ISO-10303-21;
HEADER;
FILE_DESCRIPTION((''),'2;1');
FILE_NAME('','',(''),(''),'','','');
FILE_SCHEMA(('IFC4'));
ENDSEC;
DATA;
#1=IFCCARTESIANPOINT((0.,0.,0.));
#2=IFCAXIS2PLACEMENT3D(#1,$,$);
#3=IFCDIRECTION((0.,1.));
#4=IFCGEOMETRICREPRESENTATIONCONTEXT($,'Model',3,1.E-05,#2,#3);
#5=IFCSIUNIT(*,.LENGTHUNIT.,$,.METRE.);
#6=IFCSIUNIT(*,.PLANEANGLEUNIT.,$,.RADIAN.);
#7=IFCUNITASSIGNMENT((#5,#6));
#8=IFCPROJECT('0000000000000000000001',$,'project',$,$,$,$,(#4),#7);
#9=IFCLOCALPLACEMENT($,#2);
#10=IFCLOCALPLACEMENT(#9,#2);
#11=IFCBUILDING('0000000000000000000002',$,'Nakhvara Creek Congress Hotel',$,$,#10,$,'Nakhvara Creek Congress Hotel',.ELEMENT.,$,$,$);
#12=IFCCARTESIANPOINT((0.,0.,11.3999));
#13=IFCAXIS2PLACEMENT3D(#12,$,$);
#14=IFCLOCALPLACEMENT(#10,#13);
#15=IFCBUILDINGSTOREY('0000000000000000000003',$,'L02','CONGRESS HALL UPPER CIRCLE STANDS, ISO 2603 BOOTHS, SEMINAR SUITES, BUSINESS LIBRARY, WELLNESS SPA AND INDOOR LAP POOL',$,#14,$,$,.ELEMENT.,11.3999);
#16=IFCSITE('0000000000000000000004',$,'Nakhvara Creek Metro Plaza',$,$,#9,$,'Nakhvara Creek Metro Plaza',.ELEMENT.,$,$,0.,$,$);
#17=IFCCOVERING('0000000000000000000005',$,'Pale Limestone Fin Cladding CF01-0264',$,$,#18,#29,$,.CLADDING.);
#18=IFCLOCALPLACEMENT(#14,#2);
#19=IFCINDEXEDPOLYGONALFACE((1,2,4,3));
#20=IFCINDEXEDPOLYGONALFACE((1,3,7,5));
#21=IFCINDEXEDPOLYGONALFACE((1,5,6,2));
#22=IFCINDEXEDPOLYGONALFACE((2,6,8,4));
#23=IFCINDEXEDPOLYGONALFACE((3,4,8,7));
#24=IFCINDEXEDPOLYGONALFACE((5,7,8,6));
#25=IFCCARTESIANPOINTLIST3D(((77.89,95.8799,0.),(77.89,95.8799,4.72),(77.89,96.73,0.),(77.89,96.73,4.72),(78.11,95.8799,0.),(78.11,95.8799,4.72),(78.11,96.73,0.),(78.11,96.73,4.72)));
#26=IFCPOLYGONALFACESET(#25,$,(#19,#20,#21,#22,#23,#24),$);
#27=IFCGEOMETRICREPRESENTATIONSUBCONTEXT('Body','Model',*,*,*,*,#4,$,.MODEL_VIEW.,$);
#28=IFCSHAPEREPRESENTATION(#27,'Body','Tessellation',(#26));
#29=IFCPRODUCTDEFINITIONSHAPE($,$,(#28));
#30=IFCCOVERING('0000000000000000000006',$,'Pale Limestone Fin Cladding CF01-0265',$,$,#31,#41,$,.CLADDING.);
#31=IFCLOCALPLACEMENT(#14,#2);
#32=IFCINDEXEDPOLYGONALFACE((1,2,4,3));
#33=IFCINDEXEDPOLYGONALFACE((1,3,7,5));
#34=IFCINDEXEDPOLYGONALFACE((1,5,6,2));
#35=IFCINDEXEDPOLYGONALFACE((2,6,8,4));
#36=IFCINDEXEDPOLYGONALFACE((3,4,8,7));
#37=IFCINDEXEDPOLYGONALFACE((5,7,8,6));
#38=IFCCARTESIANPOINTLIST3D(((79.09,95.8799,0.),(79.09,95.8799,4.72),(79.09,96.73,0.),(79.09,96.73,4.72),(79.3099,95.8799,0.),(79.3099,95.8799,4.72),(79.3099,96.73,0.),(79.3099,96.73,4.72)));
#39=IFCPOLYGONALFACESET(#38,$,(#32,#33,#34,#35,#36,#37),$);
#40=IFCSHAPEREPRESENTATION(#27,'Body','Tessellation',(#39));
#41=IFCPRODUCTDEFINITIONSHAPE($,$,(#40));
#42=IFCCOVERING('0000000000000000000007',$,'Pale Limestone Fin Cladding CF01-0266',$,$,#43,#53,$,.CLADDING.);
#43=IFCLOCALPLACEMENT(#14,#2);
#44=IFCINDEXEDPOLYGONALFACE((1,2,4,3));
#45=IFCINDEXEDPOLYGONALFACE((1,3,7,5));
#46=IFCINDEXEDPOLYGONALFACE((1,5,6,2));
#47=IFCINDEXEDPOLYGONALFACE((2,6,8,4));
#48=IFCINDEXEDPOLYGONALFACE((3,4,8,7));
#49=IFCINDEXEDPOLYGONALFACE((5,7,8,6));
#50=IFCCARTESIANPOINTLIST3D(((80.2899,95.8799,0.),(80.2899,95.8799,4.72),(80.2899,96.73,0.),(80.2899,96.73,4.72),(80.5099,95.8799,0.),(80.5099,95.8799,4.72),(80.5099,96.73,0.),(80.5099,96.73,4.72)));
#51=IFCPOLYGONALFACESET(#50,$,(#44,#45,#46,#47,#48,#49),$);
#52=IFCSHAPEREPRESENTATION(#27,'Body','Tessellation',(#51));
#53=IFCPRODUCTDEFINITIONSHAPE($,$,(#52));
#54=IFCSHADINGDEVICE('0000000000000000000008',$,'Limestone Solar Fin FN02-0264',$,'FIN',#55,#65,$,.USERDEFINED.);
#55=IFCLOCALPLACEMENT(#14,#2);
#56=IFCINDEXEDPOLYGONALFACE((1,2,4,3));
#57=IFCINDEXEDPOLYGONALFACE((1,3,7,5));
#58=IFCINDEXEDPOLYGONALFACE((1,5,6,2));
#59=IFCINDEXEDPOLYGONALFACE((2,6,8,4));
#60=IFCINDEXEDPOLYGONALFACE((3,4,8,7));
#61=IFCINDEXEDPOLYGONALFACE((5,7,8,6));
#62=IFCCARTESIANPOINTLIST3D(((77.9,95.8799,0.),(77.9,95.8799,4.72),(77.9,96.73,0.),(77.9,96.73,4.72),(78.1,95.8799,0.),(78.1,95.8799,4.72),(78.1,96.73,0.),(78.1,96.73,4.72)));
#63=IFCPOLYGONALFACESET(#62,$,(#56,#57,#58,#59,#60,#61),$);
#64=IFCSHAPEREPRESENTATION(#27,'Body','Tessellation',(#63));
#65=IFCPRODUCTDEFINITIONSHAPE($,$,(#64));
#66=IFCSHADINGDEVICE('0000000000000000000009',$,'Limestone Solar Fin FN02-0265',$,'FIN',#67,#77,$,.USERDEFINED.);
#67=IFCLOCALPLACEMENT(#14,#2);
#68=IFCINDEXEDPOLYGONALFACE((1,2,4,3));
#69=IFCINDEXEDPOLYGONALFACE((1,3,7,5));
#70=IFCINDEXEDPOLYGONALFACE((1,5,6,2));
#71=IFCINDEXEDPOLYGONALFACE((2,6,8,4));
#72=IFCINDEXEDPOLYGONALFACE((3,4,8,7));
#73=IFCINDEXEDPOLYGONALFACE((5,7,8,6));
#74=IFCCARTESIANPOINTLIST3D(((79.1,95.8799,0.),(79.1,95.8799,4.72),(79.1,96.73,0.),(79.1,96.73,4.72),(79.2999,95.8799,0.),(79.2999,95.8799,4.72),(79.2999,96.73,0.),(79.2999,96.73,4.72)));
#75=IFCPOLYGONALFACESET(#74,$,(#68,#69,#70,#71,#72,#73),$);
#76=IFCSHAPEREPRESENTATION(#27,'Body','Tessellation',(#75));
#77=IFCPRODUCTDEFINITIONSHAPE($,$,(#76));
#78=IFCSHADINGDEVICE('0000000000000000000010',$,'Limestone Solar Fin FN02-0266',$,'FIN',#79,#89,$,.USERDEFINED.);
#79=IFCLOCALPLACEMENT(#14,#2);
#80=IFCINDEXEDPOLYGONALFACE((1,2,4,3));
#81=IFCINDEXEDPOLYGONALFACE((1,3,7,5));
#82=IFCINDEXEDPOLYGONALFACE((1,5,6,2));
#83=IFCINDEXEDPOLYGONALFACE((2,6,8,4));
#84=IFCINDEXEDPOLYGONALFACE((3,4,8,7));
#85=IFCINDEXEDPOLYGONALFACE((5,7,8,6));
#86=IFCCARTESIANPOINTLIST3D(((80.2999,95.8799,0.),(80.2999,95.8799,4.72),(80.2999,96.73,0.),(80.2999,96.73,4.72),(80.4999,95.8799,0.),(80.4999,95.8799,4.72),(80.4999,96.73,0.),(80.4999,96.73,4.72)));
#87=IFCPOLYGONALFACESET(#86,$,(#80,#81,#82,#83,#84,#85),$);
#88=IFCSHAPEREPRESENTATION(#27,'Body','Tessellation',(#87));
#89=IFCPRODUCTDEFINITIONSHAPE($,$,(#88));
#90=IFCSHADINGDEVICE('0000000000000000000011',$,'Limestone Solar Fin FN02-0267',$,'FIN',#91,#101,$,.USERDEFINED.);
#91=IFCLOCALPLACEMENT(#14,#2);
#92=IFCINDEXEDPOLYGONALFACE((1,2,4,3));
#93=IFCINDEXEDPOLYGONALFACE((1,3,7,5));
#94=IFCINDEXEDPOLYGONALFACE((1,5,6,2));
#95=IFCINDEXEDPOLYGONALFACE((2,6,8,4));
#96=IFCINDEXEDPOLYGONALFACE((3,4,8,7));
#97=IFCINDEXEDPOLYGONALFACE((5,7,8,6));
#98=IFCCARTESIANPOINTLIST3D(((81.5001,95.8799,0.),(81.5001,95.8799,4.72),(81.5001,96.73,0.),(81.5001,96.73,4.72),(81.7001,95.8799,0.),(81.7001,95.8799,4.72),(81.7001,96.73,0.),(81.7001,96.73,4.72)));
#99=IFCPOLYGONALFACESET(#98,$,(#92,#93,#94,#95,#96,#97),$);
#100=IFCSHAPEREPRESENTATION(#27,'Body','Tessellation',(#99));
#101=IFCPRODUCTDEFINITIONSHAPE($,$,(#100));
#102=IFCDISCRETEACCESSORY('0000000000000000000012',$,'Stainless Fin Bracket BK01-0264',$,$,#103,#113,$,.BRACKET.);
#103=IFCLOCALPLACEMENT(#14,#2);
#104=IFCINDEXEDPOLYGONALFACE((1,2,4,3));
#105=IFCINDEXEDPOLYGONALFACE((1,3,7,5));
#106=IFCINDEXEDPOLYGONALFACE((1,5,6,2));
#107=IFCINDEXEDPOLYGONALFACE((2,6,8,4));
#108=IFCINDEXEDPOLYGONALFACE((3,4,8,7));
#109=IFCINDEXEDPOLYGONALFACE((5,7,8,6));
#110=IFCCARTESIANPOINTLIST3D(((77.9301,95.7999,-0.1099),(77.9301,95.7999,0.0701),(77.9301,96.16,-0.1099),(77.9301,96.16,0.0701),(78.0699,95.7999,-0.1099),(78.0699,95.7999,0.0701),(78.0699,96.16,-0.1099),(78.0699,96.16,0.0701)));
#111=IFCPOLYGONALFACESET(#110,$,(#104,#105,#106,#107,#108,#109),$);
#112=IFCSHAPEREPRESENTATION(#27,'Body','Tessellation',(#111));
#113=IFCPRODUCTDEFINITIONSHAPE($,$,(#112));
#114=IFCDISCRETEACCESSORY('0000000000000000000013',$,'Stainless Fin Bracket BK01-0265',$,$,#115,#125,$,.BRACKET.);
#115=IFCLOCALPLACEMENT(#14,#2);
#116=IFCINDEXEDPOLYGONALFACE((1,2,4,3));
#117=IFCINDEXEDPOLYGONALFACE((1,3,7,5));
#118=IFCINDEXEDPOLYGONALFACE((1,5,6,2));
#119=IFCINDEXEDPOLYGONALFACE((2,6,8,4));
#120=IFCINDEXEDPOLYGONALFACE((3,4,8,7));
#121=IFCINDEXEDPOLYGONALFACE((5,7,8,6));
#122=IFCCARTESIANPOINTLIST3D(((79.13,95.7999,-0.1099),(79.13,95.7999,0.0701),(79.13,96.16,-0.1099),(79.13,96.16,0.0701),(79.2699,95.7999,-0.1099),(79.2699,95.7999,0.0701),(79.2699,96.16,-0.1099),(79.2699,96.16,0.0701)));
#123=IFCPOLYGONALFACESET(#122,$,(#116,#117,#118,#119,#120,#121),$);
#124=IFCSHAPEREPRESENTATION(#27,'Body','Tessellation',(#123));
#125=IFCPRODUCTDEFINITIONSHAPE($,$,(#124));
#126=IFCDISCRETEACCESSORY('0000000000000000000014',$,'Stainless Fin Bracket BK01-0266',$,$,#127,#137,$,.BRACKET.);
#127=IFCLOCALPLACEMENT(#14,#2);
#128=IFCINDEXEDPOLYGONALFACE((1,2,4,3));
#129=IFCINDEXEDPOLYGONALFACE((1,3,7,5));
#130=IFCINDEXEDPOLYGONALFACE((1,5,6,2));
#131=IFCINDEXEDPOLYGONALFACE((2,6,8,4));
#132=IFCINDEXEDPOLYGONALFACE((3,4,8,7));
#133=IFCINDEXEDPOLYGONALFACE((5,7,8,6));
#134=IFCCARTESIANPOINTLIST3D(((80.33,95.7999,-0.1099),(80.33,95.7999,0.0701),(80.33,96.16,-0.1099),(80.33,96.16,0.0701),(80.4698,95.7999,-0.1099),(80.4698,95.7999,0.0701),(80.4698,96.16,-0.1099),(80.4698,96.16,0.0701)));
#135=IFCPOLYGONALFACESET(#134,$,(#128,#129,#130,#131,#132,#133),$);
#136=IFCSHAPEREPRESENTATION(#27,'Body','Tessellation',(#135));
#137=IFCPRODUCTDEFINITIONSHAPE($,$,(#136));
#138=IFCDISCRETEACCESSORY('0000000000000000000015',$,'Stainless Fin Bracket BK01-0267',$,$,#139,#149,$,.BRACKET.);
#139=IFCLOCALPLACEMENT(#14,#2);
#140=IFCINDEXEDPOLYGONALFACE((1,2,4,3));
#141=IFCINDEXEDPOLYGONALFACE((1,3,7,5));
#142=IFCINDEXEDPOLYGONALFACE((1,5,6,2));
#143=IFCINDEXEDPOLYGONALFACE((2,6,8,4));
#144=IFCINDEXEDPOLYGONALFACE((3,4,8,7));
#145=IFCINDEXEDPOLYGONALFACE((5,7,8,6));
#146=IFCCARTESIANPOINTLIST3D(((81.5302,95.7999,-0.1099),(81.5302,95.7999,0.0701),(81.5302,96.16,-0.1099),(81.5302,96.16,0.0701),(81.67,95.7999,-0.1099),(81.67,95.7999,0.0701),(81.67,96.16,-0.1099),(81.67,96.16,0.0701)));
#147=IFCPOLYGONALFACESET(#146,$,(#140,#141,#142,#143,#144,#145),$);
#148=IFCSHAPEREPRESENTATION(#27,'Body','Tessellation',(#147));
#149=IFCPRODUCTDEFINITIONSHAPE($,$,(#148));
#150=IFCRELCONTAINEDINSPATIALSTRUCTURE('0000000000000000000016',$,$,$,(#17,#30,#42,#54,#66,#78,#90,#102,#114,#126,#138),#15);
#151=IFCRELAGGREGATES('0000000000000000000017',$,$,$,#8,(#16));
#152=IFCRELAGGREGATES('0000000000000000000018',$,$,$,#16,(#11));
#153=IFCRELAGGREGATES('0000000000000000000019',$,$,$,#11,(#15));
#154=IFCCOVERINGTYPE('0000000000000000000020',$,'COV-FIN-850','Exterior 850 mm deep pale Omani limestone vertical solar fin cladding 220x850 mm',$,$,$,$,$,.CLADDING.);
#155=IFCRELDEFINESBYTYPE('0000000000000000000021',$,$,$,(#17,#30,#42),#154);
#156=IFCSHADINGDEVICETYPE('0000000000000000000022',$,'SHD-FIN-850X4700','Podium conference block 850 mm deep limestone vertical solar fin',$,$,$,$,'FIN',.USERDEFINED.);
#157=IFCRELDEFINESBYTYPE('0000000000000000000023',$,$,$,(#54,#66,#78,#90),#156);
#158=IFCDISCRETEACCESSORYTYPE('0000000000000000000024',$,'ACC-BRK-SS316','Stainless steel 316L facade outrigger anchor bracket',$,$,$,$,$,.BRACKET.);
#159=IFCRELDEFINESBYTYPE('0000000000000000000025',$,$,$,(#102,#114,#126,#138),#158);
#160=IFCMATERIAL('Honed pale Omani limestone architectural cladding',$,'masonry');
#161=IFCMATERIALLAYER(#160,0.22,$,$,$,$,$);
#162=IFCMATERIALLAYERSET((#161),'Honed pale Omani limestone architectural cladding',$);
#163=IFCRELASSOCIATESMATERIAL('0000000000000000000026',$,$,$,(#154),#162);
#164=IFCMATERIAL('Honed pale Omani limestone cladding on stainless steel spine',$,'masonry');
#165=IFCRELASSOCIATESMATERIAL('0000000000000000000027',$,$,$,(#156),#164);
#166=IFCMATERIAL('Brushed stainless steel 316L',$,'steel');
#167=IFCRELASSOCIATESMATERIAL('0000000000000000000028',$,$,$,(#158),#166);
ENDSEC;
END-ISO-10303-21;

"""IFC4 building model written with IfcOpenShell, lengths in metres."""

from ifc_helpers import new_model, si_unit, direction, frame, origin, origin_2d, place, context, subcontext, project, spatial, rectangle, extrude, material, layer, layer_set, type_object, element, save


model = new_model("IFC4")

# Units and contexts
model_context = context("Model", 3, precision=1e-05, world=origin(), true_north=direction((0.0, 1.0)))
body_context = subcontext(model_context, "Body", "Model", "MODEL_VIEW")
ifc_project = project(units=[si_unit("LENGTHUNIT", "METRE"), si_unit("PLANEANGLEUNIT", "RADIAN")], contexts=[model_context])

# Site, building, storey
site_placement = place(None, origin())
site = spatial("IfcSite", under=ifc_project, at=site_placement, Name="Nakhvara Creek Metro Plaza", LongName="Nakhvara Creek Metro Plaza", CompositionType="ELEMENT", RefElevation=0.0)
building_placement = place(site_placement, origin())
building = spatial("IfcBuilding", under=site, at=building_placement, Name="Nakhvara Creek Congress Hotel", LongName="Nakhvara Creek Congress Hotel", CompositionType="ELEMENT")
storey_placement = place(building_placement, frame((0.0, 0.0, 11.3999)))
storey = spatial("IfcBuildingStorey", under=building, at=storey_placement, Name="L02", Description="CONGRESS HALL UPPER CIRCLE STANDS, ISO 2603 BOOTHS, SEMINAR SUITES, BUSINESS LIBRARY, WELLNESS SPA AND INDOOR LAP POOL", CompositionType="ELEMENT", Elevation=11.3999)

# Coverings
ifc_material_1 = material(Name="Honed pale Omani limestone architectural cladding", Category="masonry")
ifc_layer_1 = layer(ifc_material_1, 0.22)
ifc_layer_set_1 = layer_set([ifc_layer_1], Name="Honed pale Omani limestone architectural cladding")
covering_type = type_object("IfcCoveringType", Name="COV-FIN-850", Description="Exterior 850 mm deep pale Omani limestone vertical solar fin cladding 220x850 mm", PredefinedType="CLADDING", material=ifc_layer_set_1)
for number, where, z_axis, x_axis, name in (
    (1, (78.0, 96.3049, 0.0), (0.0, 0.0, 1.0), (1.0, 0.0, 0.0), "Pale Limestone Fin Cladding CF01-0264"),
    (2, (79.2, 96.3049, 0.0), (0.0, 0.0, 1.0), (1.0, 0.0, 0.0), "Pale Limestone Fin Cladding CF01-0265"),
    (3, (80.3999, 96.3049, 0.0), (0.0, 0.0, 1.0), (1.0, 0.0, 0.0), "Pale Limestone Fin Cladding CF01-0266"),
):
    element("IfcCovering", number, at=place(storey_placement, frame(where, z_axis=z_axis, x_axis=x_axis)), inside=storey, type_object=covering_type, Name=name, PredefinedType="CLADDING", context=body_context, shape_type="SweptSolid", body=[
        extrude(rectangle(XDim=0.22, YDim=0.8501, at=origin_2d()), origin(), (0.0, 0.0, 1.0), 4.72),
    ])

# Shading devices
ifc_material_2 = material(Name="Honed pale Omani limestone cladding on stainless steel spine", Category="masonry")
shading_device_type = type_object("IfcShadingDeviceType", Name="SHD-FIN-850X4700", Description="Podium conference block 850 mm deep limestone vertical solar fin", ElementType="FIN", PredefinedType="USERDEFINED", material=ifc_material_2)
for number, where, z_axis, x_axis, name in (
    (4, (78.0, 96.3049, 0.0), (0.0, 0.0, 1.0), (1.0, 0.0, 0.0), "Limestone Solar Fin FN02-0264"),
    (5, (79.2, 96.3049, 0.0), (0.0, 0.0, 1.0), (1.0, 0.0, 0.0), "Limestone Solar Fin FN02-0265"),
    (6, (80.3999, 96.3049, 0.0), (0.0, 0.0, 1.0), (1.0, 0.0, 0.0), "Limestone Solar Fin FN02-0266"),
    (7, (81.6001, 96.3049, 0.0), (0.0, 0.0, 1.0), (1.0, 0.0, 0.0), "Limestone Solar Fin FN02-0267"),
):
    element("IfcShadingDevice", number, at=place(storey_placement, frame(where, z_axis=z_axis, x_axis=x_axis)), inside=storey, type_object=shading_device_type, Name=name, ObjectType="FIN", PredefinedType="USERDEFINED", context=body_context, shape_type="SweptSolid", body=[
        extrude(rectangle(XDim=0.2, YDim=0.8501, at=origin_2d()), origin(), (0.0, 0.0, 1.0), 4.72),
    ])

# Discrete accessories
ifc_material_3 = material(Name="Brushed stainless steel 316L", Category="steel")
discrete_accessory_type = type_object("IfcDiscreteAccessoryType", Name="ACC-BRK-SS316", Description="Stainless steel 316L facade outrigger anchor bracket", PredefinedType="BRACKET", material=ifc_material_3)
for number, where, z_axis, x_axis, name in (
    (8, (78.0, 95.98, -0.1099), (0.0, 0.0, 1.0), (1.0, 0.0, 0.0), "Stainless Fin Bracket BK01-0264"),
    (9, (79.2, 95.98, -0.1099), (0.0, 0.0, 1.0), (1.0, 0.0, 0.0), "Stainless Fin Bracket BK01-0265"),
    (10, (80.3999, 95.98, -0.1099), (0.0, 0.0, 1.0), (1.0, 0.0, 0.0), "Stainless Fin Bracket BK01-0266"),
    (11, (81.6001, 95.98, -0.1099), (0.0, 0.0, 1.0), (1.0, 0.0, 0.0), "Stainless Fin Bracket BK01-0267"),
):
    element("IfcDiscreteAccessory", number, at=place(storey_placement, frame(where, z_axis=z_axis, x_axis=x_axis)), inside=storey, type_object=discrete_accessory_type, Name=name, PredefinedType="BRACKET", context=body_context, shape_type="SweptSolid", body=[
        extrude(rectangle(XDim=0.1399, YDim=0.3601, at=origin_2d()), origin(), (0.0, 0.0, 1.0), 0.1799),
    ])

save(model, "model.ifc")
